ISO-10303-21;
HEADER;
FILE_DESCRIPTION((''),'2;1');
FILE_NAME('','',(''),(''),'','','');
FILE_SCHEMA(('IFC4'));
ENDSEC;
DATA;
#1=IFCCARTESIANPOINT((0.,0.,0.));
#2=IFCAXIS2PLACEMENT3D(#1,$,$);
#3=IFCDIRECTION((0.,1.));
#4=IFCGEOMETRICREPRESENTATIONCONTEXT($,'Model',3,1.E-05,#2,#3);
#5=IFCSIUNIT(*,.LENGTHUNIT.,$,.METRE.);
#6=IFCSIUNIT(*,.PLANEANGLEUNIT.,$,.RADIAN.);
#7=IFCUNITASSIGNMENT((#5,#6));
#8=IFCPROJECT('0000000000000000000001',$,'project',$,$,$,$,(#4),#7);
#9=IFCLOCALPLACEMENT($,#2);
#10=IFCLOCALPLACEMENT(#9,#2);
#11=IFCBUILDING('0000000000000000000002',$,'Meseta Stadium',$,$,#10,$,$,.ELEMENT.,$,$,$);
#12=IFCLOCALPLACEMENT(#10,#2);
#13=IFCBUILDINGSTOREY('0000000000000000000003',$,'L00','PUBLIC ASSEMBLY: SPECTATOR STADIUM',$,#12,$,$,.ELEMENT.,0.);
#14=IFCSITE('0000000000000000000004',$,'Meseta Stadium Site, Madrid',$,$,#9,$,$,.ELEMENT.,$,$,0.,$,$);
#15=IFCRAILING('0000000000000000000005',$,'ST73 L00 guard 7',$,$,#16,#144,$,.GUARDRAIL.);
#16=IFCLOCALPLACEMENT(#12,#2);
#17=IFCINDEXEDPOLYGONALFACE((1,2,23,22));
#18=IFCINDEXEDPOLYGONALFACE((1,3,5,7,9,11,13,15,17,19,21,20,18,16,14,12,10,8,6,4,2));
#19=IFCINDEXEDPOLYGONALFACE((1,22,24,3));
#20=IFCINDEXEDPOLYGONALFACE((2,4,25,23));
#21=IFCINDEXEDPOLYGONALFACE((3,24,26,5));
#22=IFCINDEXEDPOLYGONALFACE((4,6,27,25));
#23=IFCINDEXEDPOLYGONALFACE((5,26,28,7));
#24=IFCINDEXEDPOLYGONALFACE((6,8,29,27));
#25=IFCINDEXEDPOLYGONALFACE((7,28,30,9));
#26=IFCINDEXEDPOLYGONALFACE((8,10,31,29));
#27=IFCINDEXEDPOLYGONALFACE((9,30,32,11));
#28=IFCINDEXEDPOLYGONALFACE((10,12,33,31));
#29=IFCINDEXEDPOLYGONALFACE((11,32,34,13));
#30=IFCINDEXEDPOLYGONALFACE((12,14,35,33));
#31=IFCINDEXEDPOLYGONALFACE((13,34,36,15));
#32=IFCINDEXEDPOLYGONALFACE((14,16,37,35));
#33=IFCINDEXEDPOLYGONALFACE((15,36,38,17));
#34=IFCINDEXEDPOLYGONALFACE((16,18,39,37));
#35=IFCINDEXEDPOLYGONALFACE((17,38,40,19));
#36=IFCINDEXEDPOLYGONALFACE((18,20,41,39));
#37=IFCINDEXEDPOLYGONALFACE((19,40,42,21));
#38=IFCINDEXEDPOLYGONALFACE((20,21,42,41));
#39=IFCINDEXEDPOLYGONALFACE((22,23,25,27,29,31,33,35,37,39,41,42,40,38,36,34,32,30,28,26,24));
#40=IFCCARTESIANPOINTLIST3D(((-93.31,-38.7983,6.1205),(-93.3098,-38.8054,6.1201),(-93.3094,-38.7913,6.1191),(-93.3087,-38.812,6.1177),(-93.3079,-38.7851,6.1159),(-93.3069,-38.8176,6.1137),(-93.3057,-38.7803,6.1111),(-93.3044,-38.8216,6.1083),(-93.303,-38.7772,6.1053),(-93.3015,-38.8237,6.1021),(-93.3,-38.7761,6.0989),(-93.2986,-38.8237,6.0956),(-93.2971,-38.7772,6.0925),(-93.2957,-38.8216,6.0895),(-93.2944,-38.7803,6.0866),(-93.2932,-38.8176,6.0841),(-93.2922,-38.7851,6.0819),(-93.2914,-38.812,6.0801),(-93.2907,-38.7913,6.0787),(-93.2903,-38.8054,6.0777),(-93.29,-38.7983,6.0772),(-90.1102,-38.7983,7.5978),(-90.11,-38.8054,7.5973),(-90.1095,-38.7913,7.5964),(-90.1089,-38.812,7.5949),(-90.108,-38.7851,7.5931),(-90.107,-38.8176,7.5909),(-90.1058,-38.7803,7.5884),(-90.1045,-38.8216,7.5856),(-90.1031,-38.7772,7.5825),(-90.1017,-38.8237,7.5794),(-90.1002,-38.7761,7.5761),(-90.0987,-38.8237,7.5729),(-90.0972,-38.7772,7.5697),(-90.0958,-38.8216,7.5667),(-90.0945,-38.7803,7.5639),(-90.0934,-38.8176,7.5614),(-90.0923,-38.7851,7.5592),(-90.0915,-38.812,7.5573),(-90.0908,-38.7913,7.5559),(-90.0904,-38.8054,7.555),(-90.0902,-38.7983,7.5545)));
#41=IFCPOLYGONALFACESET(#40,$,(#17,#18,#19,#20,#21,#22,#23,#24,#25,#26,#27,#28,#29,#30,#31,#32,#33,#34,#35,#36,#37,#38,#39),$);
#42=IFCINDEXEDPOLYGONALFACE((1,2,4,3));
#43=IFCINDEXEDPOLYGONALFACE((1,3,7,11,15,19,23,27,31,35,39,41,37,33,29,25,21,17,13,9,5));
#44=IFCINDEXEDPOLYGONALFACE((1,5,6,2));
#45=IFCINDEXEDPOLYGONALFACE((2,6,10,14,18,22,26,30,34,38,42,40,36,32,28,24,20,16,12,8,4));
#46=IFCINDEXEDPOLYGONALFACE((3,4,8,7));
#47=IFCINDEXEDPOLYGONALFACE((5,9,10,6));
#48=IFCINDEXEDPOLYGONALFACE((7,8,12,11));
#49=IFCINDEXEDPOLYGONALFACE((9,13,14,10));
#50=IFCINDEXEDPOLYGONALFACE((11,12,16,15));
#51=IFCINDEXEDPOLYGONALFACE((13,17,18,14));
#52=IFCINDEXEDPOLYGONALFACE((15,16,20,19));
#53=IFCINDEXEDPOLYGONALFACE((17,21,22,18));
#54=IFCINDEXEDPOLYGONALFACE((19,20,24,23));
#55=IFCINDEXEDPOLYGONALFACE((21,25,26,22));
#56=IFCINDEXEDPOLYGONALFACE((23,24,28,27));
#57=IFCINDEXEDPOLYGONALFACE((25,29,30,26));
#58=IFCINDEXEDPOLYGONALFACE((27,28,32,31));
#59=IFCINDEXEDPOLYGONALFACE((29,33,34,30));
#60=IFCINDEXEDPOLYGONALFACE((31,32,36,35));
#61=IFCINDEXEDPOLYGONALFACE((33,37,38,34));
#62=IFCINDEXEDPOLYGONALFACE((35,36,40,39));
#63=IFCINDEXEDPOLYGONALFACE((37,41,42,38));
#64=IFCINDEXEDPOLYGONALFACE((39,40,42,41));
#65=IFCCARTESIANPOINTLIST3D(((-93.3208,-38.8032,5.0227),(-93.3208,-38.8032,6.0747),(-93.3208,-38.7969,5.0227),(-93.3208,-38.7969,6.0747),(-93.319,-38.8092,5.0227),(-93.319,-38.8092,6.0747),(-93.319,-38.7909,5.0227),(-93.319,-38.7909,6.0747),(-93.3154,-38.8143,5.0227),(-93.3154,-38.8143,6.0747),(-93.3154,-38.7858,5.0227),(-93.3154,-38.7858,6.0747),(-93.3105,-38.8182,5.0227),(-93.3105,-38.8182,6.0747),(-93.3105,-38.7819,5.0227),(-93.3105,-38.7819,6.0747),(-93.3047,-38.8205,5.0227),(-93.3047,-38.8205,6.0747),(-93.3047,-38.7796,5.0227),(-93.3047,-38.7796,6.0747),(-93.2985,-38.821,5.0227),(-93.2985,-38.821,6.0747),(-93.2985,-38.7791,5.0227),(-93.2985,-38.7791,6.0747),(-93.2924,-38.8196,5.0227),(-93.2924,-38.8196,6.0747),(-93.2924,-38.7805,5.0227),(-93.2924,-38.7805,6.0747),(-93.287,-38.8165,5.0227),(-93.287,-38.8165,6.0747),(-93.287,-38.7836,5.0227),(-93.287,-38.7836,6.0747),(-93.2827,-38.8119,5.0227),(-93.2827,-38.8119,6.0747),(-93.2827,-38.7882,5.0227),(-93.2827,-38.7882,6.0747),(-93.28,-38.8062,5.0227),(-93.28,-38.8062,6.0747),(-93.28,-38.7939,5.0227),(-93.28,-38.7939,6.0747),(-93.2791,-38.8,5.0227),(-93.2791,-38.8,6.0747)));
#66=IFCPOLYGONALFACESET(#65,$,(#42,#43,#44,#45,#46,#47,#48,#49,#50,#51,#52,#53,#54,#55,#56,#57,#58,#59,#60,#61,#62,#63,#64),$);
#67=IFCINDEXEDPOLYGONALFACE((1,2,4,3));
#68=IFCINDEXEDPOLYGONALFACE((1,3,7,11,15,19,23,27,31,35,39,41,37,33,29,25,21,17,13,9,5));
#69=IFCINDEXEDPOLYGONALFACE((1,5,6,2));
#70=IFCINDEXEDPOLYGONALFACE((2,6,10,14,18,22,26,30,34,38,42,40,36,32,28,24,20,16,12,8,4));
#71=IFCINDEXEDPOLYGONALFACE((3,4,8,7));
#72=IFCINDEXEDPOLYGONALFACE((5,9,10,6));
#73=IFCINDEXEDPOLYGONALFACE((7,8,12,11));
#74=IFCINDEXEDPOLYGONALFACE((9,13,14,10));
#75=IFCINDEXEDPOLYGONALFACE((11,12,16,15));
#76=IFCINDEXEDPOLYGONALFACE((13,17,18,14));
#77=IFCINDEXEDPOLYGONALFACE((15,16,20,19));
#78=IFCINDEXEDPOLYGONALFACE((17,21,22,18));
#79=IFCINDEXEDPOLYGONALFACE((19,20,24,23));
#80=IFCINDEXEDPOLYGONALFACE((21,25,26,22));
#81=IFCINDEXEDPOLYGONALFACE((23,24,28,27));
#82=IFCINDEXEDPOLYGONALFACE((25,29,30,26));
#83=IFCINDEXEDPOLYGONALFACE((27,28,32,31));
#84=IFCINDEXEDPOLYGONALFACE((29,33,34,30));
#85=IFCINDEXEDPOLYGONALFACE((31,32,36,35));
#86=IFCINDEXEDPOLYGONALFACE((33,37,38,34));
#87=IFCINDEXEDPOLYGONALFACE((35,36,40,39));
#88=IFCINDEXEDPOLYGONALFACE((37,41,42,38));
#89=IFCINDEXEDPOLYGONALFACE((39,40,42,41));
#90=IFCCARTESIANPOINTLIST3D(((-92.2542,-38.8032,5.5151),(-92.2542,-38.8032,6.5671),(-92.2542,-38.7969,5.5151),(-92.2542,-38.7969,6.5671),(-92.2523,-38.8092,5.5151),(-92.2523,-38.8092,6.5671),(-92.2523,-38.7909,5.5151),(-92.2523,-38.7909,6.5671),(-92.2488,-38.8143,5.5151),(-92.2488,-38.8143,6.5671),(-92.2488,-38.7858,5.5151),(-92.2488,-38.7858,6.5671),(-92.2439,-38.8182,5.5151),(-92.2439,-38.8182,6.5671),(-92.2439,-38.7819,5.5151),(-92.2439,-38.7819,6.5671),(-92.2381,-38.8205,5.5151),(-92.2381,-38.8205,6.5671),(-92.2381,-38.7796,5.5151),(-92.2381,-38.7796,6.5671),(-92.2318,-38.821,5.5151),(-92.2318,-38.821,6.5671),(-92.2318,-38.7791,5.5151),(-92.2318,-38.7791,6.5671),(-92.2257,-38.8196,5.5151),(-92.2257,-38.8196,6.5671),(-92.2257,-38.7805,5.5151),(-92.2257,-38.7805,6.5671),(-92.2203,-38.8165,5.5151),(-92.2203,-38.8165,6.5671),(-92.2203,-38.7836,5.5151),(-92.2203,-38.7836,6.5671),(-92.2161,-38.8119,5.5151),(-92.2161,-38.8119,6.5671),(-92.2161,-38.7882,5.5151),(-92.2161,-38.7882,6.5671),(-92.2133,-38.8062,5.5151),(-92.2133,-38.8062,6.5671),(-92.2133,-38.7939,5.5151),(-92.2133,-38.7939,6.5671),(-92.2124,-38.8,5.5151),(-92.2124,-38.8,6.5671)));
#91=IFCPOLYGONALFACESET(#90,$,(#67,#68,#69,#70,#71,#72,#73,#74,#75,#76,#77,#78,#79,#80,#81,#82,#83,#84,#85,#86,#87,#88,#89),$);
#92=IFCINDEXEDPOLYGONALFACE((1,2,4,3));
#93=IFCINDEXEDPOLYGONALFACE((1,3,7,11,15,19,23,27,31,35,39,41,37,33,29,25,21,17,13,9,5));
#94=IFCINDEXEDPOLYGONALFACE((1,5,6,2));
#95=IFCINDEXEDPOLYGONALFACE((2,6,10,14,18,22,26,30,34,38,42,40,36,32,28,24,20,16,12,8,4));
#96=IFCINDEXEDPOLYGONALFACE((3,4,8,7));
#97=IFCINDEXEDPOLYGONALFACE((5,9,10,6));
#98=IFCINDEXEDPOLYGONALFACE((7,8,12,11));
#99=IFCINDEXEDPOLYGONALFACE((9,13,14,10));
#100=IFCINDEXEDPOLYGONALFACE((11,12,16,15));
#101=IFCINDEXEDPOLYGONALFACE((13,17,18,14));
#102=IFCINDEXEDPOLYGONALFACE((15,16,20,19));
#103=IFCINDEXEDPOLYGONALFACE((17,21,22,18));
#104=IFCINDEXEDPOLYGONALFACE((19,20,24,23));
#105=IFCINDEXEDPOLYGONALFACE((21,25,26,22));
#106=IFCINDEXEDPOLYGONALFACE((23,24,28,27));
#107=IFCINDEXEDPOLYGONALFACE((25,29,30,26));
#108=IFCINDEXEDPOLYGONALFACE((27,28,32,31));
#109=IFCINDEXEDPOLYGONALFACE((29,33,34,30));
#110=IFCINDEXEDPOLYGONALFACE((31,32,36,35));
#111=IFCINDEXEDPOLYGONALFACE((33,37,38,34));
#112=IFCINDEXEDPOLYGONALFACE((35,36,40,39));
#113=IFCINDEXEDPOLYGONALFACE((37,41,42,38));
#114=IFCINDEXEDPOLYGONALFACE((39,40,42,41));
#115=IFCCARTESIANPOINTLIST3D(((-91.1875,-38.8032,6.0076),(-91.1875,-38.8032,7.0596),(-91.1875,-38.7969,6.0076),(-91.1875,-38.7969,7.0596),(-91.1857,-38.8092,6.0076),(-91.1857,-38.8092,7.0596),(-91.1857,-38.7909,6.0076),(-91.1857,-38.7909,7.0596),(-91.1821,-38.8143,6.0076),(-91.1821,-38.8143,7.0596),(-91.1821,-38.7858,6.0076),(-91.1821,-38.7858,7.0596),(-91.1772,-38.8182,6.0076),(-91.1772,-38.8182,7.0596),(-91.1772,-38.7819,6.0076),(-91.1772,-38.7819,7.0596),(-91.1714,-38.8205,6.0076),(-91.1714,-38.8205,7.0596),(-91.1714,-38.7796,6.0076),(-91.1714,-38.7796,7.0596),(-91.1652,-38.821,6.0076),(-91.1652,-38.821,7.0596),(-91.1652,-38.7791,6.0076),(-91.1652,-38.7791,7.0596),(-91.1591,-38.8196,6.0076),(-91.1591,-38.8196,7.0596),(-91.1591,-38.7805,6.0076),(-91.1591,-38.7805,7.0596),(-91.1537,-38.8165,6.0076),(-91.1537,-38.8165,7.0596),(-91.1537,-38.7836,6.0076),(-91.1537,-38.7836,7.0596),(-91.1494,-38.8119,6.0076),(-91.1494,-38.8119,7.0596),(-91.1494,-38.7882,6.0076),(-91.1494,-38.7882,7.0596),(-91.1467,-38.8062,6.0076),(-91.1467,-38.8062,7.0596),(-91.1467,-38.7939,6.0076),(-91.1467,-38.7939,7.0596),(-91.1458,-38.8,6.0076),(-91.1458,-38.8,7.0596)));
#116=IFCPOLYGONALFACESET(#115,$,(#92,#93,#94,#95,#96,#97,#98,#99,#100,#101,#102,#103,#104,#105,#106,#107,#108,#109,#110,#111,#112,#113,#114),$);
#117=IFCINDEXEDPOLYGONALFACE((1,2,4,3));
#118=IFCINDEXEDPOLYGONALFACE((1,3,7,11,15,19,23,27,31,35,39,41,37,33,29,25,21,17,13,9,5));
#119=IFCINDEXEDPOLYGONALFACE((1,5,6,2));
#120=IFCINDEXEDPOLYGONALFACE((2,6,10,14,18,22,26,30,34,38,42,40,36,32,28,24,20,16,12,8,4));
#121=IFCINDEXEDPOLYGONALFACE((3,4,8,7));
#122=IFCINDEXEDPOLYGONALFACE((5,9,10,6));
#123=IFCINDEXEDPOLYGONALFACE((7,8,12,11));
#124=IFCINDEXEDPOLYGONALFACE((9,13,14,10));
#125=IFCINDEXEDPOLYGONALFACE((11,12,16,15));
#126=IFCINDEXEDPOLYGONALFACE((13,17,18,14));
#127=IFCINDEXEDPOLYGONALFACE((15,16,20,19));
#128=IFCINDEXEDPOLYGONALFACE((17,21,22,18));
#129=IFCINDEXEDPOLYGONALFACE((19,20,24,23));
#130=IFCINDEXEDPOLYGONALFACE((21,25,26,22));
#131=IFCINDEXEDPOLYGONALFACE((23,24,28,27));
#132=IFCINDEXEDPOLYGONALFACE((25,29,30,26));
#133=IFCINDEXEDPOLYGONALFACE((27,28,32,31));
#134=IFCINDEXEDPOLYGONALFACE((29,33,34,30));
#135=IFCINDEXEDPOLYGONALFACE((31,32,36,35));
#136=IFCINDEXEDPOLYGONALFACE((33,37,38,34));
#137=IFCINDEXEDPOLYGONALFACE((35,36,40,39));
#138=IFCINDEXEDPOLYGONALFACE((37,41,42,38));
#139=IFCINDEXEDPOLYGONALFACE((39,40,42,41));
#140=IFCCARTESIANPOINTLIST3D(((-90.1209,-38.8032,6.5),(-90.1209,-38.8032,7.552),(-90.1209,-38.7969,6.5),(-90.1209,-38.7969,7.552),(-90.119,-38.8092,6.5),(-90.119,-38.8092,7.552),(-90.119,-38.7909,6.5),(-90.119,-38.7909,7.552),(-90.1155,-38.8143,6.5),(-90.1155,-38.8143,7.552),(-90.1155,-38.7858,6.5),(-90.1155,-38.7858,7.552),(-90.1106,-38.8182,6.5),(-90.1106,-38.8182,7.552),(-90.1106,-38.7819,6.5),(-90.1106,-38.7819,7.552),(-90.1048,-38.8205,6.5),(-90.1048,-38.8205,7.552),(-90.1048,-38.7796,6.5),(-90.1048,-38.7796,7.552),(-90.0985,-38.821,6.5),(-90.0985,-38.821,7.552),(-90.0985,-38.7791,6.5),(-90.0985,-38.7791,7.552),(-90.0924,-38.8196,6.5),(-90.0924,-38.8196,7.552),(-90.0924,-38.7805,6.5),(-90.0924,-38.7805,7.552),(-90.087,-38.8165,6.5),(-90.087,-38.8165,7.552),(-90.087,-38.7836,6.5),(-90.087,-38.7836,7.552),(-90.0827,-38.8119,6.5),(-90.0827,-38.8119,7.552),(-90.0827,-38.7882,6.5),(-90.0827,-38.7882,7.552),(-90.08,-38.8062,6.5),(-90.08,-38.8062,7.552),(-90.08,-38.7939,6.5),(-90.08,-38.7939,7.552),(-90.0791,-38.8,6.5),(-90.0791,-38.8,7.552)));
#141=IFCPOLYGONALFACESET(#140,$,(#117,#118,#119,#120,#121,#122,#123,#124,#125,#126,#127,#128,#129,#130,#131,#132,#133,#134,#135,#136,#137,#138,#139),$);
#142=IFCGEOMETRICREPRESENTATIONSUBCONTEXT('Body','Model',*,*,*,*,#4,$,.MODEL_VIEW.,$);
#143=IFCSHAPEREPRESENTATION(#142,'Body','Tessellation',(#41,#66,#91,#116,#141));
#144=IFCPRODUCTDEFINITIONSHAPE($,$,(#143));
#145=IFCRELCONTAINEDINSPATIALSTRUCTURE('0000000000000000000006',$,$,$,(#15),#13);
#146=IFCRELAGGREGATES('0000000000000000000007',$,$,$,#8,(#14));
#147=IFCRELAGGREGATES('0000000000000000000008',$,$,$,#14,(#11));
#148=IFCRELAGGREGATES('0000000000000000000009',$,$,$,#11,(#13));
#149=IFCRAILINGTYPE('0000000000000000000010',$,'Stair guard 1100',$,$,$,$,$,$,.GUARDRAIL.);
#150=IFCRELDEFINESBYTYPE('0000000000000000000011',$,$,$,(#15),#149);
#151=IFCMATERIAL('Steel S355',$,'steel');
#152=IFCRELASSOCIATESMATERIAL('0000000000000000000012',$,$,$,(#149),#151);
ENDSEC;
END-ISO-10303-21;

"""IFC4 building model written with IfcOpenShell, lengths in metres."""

from ifc_helpers import new_model, si_unit, direction, frame, origin, origin_2d, place, context, subcontext, project, spatial, circle, extrude, material, type_object, element, save


model = new_model("IFC4")

# Units and contexts
model_context = context("Model", 3, precision=1e-05, world=origin(), true_north=direction((0.0, 1.0)))
body_context = subcontext(model_context, "Body", "Model", "MODEL_VIEW")
ifc_project = project(units=[si_unit("LENGTHUNIT", "METRE"), si_unit("PLANEANGLEUNIT", "RADIAN")], contexts=[model_context])

# Site, building, storey
site_placement = place(None, origin())
site = spatial("IfcSite", under=ifc_project, at=site_placement, Name="Meseta Stadium Site, Madrid", CompositionType="ELEMENT", RefElevation=0.0)
building_placement = place(site_placement, origin())
building = spatial("IfcBuilding", under=site, at=building_placement, Name="Meseta Stadium", CompositionType="ELEMENT")
storey_placement = place(building_placement, origin())
storey = spatial("IfcBuildingStorey", under=building, at=storey_placement, Name="L00", Description="PUBLIC ASSEMBLY: SPECTATOR STADIUM", CompositionType="ELEMENT", Elevation=0.0)

# Railing
ifc_material_1 = material(Name="Steel S355", Category="steel")
railing_type_1 = type_object("IfcRailingType", Name="Stair guard 1100", PredefinedType="GUARDRAIL", material=ifc_material_1)
railing_1_placement = place(storey_placement, frame((-93.3, -38.8, 5.0227)))
element("IfcRailing", 1, at=railing_1_placement, inside=storey, type_object=railing_type_1, Name="ST73 L00 guard 7", PredefinedType="GUARDRAIL", context=body_context, shape_type="SweptSolid", body=[
    extrude(circle(Radius=0.0239, at=origin_2d()), frame((0.0, 0.0, 1.0762), z_axis=(0.907917, 0.0, 0.41915), x_axis=(0.0, 1.0, 0.0)), (0.0, 0.0, 1.0), 3.5244),
    extrude(circle(Radius=0.021, at=origin_2d()), origin(), (0.0, 0.0, 1.0), 1.052),
    extrude(circle(Radius=0.021, at=origin_2d()), frame((1.0667, 0.0, 0.4924)), (0.0, 0.0, 1.0), 1.052),
    extrude(circle(Radius=0.021, at=origin_2d()), frame((2.1333, 0.0, 0.9849)), (0.0, 0.0, 1.0), 1.052),
    extrude(circle(Radius=0.021, at=origin_2d()), frame((3.2, 0.0, 1.4773)), (0.0, 0.0, 1.0), 1.052),
])

save(model, "model.ifc")
